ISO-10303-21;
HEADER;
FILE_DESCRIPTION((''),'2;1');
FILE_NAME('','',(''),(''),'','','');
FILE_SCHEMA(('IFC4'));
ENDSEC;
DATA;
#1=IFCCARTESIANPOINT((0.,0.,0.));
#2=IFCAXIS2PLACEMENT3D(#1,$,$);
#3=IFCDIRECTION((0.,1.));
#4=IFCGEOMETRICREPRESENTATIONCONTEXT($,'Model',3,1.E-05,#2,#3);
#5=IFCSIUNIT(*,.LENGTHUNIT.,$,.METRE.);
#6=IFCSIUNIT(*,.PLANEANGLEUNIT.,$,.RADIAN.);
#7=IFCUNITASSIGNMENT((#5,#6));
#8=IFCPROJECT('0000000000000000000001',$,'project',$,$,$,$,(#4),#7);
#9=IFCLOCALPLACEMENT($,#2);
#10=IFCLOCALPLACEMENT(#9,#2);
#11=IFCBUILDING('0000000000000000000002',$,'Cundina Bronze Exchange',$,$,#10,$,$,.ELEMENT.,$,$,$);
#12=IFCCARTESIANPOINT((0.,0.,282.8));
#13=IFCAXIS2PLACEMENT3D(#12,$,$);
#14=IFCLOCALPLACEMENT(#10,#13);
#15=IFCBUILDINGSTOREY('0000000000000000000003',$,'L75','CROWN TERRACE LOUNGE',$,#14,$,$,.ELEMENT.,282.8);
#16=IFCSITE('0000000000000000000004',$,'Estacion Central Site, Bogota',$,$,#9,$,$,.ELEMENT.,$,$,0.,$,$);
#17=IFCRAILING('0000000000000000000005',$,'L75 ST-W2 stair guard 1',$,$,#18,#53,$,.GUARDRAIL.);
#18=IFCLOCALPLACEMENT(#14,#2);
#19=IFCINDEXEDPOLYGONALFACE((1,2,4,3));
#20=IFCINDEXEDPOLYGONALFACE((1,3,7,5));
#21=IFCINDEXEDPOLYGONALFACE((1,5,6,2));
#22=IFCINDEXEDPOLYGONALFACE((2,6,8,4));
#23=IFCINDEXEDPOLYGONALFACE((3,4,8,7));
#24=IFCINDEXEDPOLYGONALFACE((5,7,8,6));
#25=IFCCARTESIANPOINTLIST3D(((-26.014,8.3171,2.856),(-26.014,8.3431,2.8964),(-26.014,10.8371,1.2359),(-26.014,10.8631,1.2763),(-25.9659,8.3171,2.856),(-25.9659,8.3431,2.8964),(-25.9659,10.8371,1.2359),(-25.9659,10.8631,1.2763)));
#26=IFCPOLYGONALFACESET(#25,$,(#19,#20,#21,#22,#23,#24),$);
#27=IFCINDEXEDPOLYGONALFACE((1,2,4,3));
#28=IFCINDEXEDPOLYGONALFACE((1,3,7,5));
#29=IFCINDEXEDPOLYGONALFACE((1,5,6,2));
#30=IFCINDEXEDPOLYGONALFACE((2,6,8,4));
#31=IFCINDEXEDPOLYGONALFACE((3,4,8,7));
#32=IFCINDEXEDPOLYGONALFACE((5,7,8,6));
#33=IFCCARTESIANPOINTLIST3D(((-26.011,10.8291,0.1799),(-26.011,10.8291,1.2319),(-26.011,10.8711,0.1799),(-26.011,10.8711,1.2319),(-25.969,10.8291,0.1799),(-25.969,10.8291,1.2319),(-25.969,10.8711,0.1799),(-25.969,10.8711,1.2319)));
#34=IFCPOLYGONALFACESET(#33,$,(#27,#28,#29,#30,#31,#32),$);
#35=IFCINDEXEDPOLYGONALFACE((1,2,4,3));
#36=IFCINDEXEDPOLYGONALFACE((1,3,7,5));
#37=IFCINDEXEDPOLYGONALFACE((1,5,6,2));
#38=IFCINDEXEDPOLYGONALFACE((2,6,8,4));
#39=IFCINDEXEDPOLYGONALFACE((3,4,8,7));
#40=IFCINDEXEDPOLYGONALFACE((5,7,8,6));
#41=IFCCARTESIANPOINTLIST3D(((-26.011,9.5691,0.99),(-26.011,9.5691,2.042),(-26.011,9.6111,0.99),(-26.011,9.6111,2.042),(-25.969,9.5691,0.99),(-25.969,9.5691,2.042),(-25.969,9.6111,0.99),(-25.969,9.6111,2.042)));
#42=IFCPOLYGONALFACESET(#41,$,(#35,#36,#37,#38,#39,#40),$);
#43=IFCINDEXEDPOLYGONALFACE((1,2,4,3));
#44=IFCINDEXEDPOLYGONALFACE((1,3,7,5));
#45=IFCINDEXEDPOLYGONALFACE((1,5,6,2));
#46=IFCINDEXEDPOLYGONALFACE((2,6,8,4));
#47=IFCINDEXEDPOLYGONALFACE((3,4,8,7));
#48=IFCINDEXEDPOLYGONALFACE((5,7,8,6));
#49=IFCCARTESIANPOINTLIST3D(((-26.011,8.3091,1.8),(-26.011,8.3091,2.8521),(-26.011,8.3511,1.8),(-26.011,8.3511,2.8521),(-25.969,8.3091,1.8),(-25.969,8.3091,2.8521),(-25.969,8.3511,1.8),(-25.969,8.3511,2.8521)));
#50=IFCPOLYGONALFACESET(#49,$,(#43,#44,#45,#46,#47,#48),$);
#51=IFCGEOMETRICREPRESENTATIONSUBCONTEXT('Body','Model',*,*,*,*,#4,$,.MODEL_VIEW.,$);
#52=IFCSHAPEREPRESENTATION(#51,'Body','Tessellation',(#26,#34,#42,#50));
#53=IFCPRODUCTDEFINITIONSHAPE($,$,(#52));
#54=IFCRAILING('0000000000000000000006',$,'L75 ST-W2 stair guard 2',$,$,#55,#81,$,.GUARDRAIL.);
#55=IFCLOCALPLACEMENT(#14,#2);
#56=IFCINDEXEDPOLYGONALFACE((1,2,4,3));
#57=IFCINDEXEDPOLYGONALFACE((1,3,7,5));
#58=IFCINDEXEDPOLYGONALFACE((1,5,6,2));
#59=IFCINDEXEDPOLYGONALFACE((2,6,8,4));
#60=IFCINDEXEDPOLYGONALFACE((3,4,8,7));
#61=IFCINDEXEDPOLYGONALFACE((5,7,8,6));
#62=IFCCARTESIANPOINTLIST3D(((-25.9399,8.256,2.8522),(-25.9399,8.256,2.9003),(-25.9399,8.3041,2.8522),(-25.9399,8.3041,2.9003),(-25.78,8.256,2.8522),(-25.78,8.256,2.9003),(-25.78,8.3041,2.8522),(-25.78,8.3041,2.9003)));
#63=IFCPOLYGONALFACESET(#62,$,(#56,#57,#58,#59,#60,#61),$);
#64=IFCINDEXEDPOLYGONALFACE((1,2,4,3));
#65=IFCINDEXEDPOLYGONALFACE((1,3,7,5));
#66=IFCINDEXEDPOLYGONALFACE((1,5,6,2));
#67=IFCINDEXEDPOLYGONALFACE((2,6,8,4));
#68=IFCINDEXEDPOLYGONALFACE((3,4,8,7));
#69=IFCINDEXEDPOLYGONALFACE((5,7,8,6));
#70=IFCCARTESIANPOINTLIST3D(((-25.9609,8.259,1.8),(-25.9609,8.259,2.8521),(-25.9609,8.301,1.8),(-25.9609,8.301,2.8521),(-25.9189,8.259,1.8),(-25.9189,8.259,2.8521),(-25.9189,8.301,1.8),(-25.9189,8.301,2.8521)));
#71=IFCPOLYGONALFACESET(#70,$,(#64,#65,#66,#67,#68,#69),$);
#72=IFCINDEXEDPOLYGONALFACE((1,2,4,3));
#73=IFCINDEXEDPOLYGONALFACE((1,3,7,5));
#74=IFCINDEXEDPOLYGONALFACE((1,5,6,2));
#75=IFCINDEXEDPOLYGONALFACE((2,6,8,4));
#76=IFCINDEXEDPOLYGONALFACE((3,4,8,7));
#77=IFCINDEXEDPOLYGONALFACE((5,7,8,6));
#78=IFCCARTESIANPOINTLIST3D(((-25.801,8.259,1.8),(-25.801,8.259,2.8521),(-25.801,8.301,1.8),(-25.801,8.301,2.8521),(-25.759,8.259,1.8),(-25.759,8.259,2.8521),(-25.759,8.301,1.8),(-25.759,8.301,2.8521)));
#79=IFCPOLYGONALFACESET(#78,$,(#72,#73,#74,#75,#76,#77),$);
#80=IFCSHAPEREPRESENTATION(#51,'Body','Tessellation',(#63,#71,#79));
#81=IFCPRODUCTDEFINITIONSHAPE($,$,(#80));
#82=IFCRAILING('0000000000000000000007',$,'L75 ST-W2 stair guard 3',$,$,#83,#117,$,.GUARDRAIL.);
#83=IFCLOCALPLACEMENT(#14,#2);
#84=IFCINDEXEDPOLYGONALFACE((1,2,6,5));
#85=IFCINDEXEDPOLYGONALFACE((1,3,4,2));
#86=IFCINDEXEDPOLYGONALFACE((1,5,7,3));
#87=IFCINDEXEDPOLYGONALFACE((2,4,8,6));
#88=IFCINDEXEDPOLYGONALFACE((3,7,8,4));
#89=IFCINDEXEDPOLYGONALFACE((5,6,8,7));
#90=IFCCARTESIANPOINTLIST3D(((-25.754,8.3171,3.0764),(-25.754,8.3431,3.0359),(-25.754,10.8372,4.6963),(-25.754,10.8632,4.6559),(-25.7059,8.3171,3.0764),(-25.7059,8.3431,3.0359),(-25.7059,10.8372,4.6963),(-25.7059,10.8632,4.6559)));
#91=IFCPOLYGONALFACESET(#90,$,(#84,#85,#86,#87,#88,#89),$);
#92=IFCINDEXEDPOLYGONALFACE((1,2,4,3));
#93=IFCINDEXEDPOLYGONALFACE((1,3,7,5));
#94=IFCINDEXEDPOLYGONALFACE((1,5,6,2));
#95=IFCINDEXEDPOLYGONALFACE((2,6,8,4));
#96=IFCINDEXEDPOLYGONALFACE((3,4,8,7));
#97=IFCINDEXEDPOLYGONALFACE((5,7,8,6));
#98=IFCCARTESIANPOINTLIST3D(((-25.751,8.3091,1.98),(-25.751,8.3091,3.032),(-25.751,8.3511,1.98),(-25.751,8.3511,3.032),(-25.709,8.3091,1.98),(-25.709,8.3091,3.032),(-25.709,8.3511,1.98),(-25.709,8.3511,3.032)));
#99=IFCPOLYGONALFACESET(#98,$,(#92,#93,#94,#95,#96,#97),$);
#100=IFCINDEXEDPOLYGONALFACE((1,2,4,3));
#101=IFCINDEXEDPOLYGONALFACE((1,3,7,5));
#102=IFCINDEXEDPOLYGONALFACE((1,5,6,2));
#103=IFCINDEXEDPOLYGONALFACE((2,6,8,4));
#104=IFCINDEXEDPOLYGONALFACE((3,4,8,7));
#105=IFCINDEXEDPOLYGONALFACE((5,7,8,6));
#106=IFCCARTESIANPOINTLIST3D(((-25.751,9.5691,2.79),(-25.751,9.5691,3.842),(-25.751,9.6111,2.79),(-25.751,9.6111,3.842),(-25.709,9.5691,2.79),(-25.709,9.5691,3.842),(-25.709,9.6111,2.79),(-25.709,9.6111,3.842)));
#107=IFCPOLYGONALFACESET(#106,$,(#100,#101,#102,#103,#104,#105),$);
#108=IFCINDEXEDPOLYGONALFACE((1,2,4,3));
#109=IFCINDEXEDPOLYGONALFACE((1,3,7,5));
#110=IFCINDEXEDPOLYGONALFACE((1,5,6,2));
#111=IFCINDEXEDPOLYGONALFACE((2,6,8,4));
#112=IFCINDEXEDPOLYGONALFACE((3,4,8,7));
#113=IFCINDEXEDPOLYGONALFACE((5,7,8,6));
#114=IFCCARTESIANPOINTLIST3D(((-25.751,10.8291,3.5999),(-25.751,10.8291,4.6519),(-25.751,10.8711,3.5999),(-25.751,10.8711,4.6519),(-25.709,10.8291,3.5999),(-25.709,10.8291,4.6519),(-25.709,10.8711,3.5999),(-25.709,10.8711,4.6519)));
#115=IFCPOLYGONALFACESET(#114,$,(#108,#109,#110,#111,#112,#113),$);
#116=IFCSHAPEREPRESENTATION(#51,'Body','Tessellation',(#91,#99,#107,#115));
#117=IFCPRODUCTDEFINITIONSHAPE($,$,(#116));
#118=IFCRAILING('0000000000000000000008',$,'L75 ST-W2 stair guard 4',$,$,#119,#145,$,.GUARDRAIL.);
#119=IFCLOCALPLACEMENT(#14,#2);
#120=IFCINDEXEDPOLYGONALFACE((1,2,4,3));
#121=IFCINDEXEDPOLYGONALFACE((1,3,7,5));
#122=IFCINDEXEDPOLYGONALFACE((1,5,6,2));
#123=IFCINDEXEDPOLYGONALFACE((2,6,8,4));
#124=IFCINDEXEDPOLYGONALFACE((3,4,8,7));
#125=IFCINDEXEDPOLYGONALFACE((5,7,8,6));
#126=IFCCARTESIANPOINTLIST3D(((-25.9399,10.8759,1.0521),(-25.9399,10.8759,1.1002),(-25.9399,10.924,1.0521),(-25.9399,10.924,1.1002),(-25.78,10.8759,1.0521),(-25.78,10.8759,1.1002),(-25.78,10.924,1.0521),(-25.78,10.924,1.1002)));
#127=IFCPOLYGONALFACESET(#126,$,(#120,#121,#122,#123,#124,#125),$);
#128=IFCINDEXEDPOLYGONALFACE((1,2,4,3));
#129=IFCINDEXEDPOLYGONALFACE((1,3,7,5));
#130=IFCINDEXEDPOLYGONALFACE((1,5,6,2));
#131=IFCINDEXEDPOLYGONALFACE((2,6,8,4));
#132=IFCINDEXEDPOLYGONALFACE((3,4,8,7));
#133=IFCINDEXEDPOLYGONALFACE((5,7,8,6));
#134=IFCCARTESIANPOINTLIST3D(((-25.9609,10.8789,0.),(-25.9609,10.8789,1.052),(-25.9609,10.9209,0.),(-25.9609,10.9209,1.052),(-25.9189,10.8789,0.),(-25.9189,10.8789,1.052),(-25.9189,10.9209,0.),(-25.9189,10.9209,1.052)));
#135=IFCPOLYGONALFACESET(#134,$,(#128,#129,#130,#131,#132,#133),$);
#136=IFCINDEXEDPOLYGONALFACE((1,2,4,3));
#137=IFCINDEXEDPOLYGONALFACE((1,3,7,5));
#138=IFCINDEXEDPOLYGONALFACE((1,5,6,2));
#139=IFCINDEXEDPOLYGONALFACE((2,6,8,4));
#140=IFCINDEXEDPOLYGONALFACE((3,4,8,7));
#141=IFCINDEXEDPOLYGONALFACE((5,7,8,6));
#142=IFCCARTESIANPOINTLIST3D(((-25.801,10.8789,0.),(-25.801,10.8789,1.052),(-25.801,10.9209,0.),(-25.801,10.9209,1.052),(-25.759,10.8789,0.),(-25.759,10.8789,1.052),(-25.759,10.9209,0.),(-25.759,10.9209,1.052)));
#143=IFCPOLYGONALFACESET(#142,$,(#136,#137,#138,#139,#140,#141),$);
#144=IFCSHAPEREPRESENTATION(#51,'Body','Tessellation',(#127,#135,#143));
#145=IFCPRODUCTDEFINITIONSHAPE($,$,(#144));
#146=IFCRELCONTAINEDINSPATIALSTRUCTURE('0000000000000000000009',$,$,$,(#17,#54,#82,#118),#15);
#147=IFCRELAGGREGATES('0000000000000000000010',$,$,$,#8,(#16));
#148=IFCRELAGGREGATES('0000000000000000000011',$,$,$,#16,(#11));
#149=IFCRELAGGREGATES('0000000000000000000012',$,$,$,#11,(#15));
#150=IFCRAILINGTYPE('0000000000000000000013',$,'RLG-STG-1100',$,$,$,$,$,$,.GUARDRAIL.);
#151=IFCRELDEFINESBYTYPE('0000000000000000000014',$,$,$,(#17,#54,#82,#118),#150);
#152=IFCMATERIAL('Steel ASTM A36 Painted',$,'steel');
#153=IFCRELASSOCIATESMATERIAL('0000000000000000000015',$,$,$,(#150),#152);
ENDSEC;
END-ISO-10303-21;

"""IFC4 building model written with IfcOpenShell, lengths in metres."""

from ifc_helpers import new_model, si_unit, direction, frame, origin, origin_2d, place, context, subcontext, project, spatial, rectangle, extrude, material, type_object, element, save


model = new_model("IFC4")

# Units and contexts
model_context = context("Model", 3, precision=1e-05, world=origin(), true_north=direction((0.0, 1.0)))
body_context = subcontext(model_context, "Body", "Model", "MODEL_VIEW")
ifc_project = project(units=[si_unit("LENGTHUNIT", "METRE"), si_unit("PLANEANGLEUNIT", "RADIAN")], contexts=[model_context])

# Site, building, storey
site_placement = place(None, origin())
site = spatial("IfcSite", under=ifc_project, at=site_placement, Name="Estacion Central Site, Bogota", CompositionType="ELEMENT", RefElevation=0.0)
building_placement = place(site_placement, origin())
building = spatial("IfcBuilding", under=site, at=building_placement, Name="Cundina Bronze Exchange", CompositionType="ELEMENT")
storey_placement = place(building_placement, frame((0.0, 0.0, 282.8)))
storey = spatial("IfcBuildingStorey", under=building, at=storey_placement, Name="L75", Description="CROWN TERRACE LOUNGE", CompositionType="ELEMENT", Elevation=282.8)

# Shared definitions
ifc_material_1 = material(Name="Steel ASTM A36 Painted", Category="steel")

# Railings
railing_type_1 = type_object("IfcRailingType", Name="RLG-STG-1100", PredefinedType="GUARDRAIL", material=ifc_material_1)
railing_1_placement = place(storey_placement, frame((-25.99, 10.8501, 0.1799)))
element("IfcRailing", 1, at=railing_1_placement, inside=storey, type_object=railing_type_1, Name="L75 ST-W2 stair guard 1", PredefinedType="GUARDRAIL", context=body_context, shape_type="SweptSolid", body=[
    extrude(rectangle(XDim=0.0481, YDim=0.0481, at=origin_2d()), frame((0.0, 0.0, 1.0762), z_axis=(0.0, -0.841163, 0.540782), x_axis=(1.0, 0.0, 0.0)), (0.0, 0.0, 1.0), 2.9958),
    extrude(rectangle(XDim=0.042, YDim=0.042, at=origin_2d()), origin(), (0.0, 0.0, 1.0), 1.052),
    extrude(rectangle(XDim=0.042, YDim=0.042, at=origin_2d()), frame((0.0, -1.26, 0.8101)), (0.0, 0.0, 1.0), 1.052),
    extrude(rectangle(XDim=0.042, YDim=0.042, at=origin_2d()), frame((0.0, -2.52, 1.6201)), (0.0, 0.0, 1.0), 1.052),
])
railing_2_placement = place(storey_placement, frame((-25.9399, 8.28, 1.8)))
element("IfcRailing", 2, at=railing_2_placement, inside=storey, type_object=railing_type_1, Name="L75 ST-W2 stair guard 2", PredefinedType="GUARDRAIL", context=body_context, shape_type="SweptSolid", body=[
    extrude(rectangle(XDim=0.0481, YDim=0.0481, at=origin_2d()), frame((0.0, 0.0, 1.0762), z_axis=(1.0, 0.0, 0.0), x_axis=(0.0, 1.0, 0.0)), (0.0, 0.0, 1.0), 0.1599),
    extrude(rectangle(XDim=0.042, YDim=0.042, at=origin_2d()), origin(), (0.0, 0.0, 1.0), 1.052),
    extrude(rectangle(XDim=0.042, YDim=0.042, at=origin_2d()), frame((0.1599, 0.0, 0.0)), (0.0, 0.0, 1.0), 1.052),
])
railing_3_placement = place(storey_placement, frame((-25.73, 8.3301, 1.98)))
element("IfcRailing", 3, at=railing_3_placement, inside=storey, type_object=railing_type_1, Name="L75 ST-W2 stair guard 3", PredefinedType="GUARDRAIL", context=body_context, shape_type="SweptSolid", body=[
    extrude(rectangle(XDim=0.0481, YDim=0.0481, at=origin_2d()), frame((0.0, 0.0, 1.0762), z_axis=(0.0, 0.8412, 0.540725), x_axis=(-1.0, 0.0, 0.0)), (0.0, 0.0, 1.0), 2.9958),
    extrude(rectangle(XDim=0.042, YDim=0.042, at=origin_2d()), origin(), (0.0, 0.0, 1.0), 1.052),
    extrude(rectangle(XDim=0.042, YDim=0.042, at=origin_2d()), frame((0.0, 1.26, 0.8101)), (0.0, 0.0, 1.0), 1.052),
    extrude(rectangle(XDim=0.042, YDim=0.042, at=origin_2d()), frame((0.0, 2.52, 1.6199)), (0.0, 0.0, 1.0), 1.052),
])
railing_4_placement = place(storey_placement, frame((-25.9399, 10.8999, 0.0)))
element("IfcRailing", 4, at=railing_4_placement, inside=storey, type_object=railing_type_1, Name="L75 ST-W2 stair guard 4", PredefinedType="GUARDRAIL", context=body_context, shape_type="SweptSolid", body=[
    extrude(rectangle(XDim=0.0481, YDim=0.0481, at=origin_2d()), frame((0.0, 0.0, 1.0762), z_axis=(1.0, 0.0, 0.0), x_axis=(0.0, 1.0, 0.0)), (0.0, 0.0, 1.0), 0.1599),
    extrude(rectangle(XDim=0.042, YDim=0.042, at=origin_2d()), origin(), (0.0, 0.0, 1.0), 1.052),
    extrude(rectangle(XDim=0.042, YDim=0.042, at=origin_2d()), frame((0.1599, 0.0, 0.0)), (0.0, 0.0, 1.0), 1.052),
])

save(model, "model.ifc")
